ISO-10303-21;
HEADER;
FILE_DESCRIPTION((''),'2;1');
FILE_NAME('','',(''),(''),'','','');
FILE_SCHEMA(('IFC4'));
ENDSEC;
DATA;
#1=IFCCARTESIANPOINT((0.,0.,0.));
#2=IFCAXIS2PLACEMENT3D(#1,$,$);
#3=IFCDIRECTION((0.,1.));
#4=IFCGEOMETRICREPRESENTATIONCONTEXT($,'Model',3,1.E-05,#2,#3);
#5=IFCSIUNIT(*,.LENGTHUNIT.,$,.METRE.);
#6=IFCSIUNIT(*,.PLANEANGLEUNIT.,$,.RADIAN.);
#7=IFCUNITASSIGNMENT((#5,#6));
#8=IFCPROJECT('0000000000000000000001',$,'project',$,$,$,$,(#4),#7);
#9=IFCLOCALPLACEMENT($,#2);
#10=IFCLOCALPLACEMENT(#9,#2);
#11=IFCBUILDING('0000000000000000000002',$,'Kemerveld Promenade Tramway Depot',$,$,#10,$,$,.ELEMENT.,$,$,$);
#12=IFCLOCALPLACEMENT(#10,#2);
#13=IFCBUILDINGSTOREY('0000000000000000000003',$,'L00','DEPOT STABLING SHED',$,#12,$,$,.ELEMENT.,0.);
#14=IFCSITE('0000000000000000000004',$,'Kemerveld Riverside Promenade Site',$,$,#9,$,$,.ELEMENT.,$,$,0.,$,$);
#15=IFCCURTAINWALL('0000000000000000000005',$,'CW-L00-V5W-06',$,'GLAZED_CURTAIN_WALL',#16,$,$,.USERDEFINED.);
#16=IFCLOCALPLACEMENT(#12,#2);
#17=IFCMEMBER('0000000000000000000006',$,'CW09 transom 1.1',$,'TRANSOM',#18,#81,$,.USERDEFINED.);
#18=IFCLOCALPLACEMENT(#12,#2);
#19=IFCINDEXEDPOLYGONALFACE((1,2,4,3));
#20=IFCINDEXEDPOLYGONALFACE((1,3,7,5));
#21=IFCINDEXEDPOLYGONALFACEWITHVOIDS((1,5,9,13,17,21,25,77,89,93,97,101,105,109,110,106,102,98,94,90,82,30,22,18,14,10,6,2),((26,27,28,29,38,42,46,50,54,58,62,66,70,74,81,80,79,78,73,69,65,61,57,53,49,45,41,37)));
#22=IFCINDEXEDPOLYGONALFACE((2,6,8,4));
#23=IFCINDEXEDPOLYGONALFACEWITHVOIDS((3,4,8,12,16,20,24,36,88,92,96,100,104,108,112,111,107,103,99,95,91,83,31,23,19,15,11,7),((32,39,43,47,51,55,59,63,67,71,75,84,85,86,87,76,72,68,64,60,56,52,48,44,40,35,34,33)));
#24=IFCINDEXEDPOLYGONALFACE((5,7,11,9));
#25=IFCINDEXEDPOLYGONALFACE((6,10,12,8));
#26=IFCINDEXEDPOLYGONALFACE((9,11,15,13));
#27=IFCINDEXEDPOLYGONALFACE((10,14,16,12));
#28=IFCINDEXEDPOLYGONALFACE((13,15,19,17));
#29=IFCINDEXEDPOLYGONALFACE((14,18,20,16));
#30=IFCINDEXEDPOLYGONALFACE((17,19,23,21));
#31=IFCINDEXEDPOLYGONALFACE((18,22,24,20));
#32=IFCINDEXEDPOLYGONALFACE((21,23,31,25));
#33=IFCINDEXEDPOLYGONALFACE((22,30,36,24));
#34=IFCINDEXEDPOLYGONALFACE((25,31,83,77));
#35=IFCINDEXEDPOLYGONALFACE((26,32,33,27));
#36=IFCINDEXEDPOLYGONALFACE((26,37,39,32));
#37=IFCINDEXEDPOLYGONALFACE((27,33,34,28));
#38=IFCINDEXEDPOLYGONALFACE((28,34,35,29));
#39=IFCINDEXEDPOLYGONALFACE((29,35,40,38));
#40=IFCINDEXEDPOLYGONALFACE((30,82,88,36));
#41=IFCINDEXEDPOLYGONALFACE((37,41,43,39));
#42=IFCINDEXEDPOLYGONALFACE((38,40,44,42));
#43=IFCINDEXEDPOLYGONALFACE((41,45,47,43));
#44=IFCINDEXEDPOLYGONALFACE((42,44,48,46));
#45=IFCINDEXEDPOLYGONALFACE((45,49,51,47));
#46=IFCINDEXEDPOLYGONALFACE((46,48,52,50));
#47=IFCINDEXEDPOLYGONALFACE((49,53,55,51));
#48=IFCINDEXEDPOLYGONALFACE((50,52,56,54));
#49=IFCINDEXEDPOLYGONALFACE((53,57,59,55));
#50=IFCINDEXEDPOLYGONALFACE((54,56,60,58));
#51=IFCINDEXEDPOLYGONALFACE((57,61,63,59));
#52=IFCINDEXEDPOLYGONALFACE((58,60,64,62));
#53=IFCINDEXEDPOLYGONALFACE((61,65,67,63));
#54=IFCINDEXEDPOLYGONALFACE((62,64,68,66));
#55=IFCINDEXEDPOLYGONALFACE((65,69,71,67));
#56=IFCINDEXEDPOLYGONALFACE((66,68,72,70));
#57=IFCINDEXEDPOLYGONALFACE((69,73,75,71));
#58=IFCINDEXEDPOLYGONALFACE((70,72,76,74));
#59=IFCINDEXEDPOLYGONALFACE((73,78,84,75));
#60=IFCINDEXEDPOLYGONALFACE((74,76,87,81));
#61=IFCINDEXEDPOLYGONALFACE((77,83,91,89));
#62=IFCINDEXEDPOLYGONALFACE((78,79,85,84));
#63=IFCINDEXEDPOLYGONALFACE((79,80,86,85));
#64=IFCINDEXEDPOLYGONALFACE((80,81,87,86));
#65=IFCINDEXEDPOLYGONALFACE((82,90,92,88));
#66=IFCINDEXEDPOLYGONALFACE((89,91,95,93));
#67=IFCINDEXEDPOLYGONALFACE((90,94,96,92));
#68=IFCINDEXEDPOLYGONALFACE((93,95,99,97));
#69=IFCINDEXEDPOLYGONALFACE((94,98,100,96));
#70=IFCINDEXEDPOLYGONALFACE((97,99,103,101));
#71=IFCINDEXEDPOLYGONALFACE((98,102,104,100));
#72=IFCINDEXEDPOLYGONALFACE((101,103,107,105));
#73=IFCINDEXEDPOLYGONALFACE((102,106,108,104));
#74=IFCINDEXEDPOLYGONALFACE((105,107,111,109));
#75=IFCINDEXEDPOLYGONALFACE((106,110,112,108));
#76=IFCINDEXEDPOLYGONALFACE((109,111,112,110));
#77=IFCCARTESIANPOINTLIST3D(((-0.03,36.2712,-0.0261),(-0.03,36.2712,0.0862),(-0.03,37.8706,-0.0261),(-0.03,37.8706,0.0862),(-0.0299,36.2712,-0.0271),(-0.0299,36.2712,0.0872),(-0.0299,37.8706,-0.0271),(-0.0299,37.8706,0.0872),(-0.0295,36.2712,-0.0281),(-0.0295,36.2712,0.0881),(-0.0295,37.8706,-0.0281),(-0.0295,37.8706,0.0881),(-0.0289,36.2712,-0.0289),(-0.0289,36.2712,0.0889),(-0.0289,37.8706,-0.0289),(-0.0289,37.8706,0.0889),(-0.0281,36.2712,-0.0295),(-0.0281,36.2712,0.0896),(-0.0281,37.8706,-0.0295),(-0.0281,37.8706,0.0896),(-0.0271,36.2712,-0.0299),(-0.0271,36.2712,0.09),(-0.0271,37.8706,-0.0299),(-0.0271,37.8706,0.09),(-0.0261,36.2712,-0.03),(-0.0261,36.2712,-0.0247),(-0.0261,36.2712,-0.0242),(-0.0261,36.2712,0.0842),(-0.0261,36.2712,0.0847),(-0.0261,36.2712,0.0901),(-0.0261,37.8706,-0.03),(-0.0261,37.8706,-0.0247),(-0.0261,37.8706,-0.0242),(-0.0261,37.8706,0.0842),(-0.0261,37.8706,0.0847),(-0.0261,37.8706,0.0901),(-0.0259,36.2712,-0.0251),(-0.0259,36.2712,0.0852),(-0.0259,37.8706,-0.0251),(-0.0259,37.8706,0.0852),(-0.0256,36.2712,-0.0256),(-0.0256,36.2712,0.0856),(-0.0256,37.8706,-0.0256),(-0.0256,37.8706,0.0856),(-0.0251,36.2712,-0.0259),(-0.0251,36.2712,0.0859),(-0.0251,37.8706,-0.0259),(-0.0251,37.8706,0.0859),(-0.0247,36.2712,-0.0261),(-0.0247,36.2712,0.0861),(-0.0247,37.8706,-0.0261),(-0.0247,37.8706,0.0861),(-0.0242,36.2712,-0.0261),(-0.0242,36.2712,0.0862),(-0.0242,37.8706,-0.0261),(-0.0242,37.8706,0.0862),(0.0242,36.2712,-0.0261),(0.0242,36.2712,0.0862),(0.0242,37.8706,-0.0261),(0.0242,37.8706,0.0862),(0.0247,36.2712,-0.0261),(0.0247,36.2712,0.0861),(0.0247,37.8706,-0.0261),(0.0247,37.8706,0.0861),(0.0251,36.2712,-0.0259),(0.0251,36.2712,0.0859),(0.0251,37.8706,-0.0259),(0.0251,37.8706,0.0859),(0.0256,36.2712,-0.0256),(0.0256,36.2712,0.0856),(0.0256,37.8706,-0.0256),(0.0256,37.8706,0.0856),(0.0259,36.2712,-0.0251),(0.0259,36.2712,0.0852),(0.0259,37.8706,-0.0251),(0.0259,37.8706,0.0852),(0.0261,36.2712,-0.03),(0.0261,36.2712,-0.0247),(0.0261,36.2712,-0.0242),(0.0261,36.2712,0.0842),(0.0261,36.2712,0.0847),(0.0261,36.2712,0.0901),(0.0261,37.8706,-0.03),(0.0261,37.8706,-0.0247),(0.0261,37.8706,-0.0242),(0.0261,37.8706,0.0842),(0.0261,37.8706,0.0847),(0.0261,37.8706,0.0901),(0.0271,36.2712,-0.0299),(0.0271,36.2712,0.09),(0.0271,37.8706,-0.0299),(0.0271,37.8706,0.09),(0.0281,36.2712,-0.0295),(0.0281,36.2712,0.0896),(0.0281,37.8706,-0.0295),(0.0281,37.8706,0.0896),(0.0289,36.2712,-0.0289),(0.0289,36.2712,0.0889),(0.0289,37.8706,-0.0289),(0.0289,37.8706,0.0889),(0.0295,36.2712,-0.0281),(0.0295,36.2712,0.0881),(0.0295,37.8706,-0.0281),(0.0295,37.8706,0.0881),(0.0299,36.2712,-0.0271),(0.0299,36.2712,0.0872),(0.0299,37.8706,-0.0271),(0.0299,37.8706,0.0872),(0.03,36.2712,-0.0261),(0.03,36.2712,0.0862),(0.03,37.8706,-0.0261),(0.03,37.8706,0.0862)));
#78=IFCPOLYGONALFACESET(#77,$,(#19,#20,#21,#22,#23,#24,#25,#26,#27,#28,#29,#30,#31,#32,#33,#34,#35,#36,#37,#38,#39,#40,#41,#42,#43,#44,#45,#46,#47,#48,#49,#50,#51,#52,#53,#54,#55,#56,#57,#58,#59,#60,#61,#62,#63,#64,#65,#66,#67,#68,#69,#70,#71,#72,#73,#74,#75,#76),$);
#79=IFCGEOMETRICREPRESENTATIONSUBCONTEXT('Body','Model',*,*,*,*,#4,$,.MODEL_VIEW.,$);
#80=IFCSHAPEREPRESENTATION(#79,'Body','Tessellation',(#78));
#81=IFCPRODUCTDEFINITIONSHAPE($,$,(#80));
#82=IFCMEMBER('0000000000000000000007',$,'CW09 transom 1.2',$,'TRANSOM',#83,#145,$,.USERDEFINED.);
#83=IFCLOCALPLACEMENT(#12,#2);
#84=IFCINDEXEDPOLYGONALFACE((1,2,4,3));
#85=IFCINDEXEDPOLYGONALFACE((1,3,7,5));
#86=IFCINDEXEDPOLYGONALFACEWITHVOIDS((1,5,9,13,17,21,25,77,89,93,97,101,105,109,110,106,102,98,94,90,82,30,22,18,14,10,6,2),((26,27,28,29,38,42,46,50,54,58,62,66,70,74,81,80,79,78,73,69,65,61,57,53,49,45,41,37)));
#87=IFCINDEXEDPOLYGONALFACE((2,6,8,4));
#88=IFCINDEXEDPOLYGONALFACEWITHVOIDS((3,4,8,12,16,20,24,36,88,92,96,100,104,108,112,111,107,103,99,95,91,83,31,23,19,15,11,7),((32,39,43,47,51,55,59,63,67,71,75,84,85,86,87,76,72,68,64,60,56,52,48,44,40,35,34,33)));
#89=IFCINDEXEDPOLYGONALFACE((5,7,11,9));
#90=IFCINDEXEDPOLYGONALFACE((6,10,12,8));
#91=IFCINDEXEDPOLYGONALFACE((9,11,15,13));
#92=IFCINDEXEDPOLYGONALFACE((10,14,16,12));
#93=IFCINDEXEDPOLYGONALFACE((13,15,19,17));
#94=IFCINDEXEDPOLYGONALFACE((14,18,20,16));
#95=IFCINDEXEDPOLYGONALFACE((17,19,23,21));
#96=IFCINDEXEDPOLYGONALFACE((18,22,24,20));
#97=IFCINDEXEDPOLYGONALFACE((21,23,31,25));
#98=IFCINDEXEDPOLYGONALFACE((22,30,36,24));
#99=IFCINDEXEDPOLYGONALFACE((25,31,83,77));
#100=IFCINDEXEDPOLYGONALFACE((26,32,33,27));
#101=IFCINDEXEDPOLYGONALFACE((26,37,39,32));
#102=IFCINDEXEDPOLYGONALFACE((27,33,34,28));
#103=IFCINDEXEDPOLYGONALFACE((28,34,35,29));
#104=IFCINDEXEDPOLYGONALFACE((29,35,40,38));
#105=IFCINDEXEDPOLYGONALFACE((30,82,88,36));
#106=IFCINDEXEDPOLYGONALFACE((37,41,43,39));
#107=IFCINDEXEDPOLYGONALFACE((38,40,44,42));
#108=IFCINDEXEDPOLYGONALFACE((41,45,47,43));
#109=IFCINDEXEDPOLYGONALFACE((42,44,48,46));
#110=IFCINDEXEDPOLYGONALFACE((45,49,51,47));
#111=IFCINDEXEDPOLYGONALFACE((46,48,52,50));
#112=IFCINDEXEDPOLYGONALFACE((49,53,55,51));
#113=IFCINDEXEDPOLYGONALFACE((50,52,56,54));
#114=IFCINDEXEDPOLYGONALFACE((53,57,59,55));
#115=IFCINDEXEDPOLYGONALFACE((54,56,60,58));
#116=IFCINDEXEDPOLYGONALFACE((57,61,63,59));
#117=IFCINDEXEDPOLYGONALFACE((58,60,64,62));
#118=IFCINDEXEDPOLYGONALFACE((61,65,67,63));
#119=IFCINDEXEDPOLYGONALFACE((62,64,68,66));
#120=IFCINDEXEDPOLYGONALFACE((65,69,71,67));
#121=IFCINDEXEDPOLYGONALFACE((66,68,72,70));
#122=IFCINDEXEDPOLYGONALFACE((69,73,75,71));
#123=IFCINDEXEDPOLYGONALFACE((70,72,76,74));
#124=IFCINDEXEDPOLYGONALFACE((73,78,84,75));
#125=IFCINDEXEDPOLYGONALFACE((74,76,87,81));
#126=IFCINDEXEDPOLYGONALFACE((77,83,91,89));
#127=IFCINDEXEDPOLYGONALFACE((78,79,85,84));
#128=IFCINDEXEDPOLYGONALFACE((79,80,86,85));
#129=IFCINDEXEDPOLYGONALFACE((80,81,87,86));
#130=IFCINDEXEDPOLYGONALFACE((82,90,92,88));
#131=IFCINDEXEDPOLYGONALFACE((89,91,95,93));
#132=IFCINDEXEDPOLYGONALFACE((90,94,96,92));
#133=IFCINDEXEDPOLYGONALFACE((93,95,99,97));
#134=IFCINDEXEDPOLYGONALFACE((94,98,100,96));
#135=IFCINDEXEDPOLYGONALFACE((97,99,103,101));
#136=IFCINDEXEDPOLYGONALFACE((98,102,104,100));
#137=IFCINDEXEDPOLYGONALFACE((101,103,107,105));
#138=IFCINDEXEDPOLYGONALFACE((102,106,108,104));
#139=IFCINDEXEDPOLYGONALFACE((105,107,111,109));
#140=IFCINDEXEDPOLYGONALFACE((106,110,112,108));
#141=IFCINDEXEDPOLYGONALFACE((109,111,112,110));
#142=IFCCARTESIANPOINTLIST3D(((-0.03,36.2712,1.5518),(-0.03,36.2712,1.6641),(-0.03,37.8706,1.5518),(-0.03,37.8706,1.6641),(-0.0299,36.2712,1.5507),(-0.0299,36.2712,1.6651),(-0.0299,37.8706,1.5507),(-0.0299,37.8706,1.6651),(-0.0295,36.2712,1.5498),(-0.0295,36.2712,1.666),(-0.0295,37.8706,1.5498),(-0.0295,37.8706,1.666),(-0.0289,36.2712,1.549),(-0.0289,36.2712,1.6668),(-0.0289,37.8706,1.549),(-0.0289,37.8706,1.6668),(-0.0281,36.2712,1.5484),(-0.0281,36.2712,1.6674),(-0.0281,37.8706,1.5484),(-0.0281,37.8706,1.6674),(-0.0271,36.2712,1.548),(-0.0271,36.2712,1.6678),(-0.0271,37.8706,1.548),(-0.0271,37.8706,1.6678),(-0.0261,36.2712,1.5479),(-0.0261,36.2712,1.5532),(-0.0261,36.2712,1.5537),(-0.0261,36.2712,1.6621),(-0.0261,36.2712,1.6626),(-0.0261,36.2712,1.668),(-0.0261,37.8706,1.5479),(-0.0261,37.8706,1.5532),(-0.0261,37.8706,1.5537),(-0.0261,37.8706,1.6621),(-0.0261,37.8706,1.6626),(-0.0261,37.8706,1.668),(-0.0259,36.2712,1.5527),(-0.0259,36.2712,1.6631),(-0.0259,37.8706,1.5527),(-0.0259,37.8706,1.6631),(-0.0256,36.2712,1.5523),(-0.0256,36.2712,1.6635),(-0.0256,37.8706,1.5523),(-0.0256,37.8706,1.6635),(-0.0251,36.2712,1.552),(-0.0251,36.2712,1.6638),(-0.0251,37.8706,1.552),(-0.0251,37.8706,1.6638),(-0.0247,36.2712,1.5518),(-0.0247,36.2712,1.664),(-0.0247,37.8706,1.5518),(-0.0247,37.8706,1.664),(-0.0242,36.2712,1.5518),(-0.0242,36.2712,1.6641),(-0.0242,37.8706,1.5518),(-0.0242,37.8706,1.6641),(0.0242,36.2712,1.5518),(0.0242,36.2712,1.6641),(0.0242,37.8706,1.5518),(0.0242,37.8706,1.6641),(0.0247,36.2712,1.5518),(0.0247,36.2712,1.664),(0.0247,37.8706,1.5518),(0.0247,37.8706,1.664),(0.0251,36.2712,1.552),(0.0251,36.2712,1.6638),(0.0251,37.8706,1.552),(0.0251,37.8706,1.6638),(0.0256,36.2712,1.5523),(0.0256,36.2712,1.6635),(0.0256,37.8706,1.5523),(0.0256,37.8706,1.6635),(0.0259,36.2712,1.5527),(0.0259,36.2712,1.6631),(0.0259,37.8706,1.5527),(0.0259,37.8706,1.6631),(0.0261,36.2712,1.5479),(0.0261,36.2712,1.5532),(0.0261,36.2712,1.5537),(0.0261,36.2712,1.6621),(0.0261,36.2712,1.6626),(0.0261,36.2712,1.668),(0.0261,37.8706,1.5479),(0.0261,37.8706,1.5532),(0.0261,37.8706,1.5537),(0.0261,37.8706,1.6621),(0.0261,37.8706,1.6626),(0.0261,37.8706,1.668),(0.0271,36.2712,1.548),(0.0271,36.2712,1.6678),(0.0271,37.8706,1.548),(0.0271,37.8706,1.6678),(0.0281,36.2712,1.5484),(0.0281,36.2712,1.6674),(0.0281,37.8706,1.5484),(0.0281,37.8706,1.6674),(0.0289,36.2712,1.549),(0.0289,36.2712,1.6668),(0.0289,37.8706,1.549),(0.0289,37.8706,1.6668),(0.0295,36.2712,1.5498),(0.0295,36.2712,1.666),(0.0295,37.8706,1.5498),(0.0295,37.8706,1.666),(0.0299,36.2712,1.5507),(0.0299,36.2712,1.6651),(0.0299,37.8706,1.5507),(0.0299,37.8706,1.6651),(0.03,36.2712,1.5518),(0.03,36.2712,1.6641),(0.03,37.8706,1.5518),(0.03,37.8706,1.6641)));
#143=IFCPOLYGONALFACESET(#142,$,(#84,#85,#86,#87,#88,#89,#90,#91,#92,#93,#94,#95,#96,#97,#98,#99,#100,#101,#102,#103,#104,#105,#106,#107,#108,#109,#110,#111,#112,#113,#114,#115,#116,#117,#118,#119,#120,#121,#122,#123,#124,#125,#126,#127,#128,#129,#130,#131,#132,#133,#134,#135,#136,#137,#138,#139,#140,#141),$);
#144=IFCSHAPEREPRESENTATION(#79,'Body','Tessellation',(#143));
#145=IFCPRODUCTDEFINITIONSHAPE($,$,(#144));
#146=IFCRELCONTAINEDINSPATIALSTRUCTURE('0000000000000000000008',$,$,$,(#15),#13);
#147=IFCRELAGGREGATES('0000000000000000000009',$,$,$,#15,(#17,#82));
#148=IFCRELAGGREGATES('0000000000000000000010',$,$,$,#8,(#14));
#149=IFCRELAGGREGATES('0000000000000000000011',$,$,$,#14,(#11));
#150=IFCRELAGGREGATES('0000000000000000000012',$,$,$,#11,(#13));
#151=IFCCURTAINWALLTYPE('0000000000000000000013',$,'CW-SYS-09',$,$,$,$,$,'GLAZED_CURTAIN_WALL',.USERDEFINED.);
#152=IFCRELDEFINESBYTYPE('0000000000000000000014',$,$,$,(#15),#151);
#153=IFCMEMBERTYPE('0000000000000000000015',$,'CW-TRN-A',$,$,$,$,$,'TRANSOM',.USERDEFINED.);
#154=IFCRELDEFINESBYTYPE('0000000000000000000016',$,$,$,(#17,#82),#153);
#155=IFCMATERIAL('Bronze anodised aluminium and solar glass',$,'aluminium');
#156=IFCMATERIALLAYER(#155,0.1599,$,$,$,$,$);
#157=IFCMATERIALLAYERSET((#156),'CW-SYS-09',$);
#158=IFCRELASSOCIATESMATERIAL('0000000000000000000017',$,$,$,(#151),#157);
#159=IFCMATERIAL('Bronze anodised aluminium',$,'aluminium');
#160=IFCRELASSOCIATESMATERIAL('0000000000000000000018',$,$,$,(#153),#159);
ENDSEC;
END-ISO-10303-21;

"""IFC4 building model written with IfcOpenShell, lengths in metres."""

from ifc_helpers import new_model, si_unit, direction, frame, origin, origin_2d, place, context, subcontext, project, spatial, hollow_rectangle, extrude, material, layer, layer_set, material_profile, profile_set, type_object, element, aggregate, save


model = new_model("IFC4")

# Units and contexts
model_context = context("Model", 3, precision=1e-05, world=origin(), true_north=direction((0.0, 1.0)))
body_context = subcontext(model_context, "Body", "Model", "MODEL_VIEW")
ifc_project = project(units=[si_unit("LENGTHUNIT", "METRE"), si_unit("PLANEANGLEUNIT", "RADIAN")], contexts=[model_context])

# Site, building, storey
site_placement = place(None, origin())
site = spatial("IfcSite", under=ifc_project, at=site_placement, Name="Kemerveld Riverside Promenade Site", CompositionType="ELEMENT", RefElevation=0.0)
building_placement = place(site_placement, origin())
building = spatial("IfcBuilding", under=site, at=building_placement, Name="Kemerveld Promenade Tramway Depot", CompositionType="ELEMENT")
storey_placement = place(building_placement, origin())
storey = spatial("IfcBuildingStorey", under=building, at=storey_placement, Name="L00", Description="DEPOT STABLING SHED", CompositionType="ELEMENT", Elevation=0.0)

# Curtain wall, members
ifc_material_1 = material(Name="Bronze anodised aluminium and solar glass", Category="aluminium")
ifc_layer_1 = layer(ifc_material_1, 0.1599)
ifc_layer_set_1 = layer_set([ifc_layer_1], Name="CW-SYS-09")
curtain_wall_type = type_object("IfcCurtainWallType", Name="CW-SYS-09", ElementType="GLAZED_CURTAIN_WALL", PredefinedType="USERDEFINED", material=ifc_layer_set_1)
curtain_wall_placement = place(storey_placement, origin())
curtain_wall = element("IfcCurtainWall", 1, at=curtain_wall_placement, inside=storey, type_object=curtain_wall_type, Name="CW-L00-V5W-06", ObjectType="GLAZED_CURTAIN_WALL", PredefinedType="USERDEFINED")
ifc_material_2 = material(Name="Bronze anodised aluminium", Category="aluminium")
ifc_material_profile_1 = material_profile(ifc_material_2, hollow_rectangle(XDim=0.0601, YDim=0.1201, WallThickness=0.0039, InnerFilletRadius=0.002, OuterFilletRadius=0.0039, at=origin_2d()), Name="CW-TRN-120x60")
ifc_profile_set_1 = profile_set([ifc_material_profile_1], Name="Bronze anodised aluminium")
member_type_1 = type_object("IfcMemberType", Name="CW-TRN-A", ElementType="TRANSOM", PredefinedType="USERDEFINED", material=ifc_profile_set_1)
member_1_placement = place(storey_placement, frame((0.0, 36.2712, 0.03), z_axis=(0.0, 1.0, 0.0), x_axis=(-1.0, 0.0, 0.0)))
member_1 = element("IfcMember", 2, at=member_1_placement, type_object=member_type_1, Name="CW09 transom 1.1", ObjectType="TRANSOM", PredefinedType="USERDEFINED", context=body_context, shape_type="SweptSolid", body=[
    extrude(hollow_rectangle(XDim=0.0601, YDim=0.1201, WallThickness=0.0039, InnerFilletRadius=0.002, OuterFilletRadius=0.0039, at=origin_2d()), origin(), (0.0, 0.0, 1.0), 1.5994),
])
member_2_placement = place(storey_placement, frame((0.0, 36.2712, 1.6079), z_axis=(0.0, 1.0, 0.0), x_axis=(-1.0, 0.0, 0.0)))
member_2 = element("IfcMember", 3, at=member_2_placement, type_object=member_type_1, Name="CW09 transom 1.2", ObjectType="TRANSOM", PredefinedType="USERDEFINED", context=body_context, shape_type="SweptSolid", body=[
    extrude(hollow_rectangle(XDim=0.0601, YDim=0.1201, WallThickness=0.0039, InnerFilletRadius=0.002, OuterFilletRadius=0.0039, at=origin_2d()), origin(), (0.0, 0.0, 1.0), 1.5994),
])
aggregate(curtain_wall, [member_1, member_2])

save(model, "model.ifc")
